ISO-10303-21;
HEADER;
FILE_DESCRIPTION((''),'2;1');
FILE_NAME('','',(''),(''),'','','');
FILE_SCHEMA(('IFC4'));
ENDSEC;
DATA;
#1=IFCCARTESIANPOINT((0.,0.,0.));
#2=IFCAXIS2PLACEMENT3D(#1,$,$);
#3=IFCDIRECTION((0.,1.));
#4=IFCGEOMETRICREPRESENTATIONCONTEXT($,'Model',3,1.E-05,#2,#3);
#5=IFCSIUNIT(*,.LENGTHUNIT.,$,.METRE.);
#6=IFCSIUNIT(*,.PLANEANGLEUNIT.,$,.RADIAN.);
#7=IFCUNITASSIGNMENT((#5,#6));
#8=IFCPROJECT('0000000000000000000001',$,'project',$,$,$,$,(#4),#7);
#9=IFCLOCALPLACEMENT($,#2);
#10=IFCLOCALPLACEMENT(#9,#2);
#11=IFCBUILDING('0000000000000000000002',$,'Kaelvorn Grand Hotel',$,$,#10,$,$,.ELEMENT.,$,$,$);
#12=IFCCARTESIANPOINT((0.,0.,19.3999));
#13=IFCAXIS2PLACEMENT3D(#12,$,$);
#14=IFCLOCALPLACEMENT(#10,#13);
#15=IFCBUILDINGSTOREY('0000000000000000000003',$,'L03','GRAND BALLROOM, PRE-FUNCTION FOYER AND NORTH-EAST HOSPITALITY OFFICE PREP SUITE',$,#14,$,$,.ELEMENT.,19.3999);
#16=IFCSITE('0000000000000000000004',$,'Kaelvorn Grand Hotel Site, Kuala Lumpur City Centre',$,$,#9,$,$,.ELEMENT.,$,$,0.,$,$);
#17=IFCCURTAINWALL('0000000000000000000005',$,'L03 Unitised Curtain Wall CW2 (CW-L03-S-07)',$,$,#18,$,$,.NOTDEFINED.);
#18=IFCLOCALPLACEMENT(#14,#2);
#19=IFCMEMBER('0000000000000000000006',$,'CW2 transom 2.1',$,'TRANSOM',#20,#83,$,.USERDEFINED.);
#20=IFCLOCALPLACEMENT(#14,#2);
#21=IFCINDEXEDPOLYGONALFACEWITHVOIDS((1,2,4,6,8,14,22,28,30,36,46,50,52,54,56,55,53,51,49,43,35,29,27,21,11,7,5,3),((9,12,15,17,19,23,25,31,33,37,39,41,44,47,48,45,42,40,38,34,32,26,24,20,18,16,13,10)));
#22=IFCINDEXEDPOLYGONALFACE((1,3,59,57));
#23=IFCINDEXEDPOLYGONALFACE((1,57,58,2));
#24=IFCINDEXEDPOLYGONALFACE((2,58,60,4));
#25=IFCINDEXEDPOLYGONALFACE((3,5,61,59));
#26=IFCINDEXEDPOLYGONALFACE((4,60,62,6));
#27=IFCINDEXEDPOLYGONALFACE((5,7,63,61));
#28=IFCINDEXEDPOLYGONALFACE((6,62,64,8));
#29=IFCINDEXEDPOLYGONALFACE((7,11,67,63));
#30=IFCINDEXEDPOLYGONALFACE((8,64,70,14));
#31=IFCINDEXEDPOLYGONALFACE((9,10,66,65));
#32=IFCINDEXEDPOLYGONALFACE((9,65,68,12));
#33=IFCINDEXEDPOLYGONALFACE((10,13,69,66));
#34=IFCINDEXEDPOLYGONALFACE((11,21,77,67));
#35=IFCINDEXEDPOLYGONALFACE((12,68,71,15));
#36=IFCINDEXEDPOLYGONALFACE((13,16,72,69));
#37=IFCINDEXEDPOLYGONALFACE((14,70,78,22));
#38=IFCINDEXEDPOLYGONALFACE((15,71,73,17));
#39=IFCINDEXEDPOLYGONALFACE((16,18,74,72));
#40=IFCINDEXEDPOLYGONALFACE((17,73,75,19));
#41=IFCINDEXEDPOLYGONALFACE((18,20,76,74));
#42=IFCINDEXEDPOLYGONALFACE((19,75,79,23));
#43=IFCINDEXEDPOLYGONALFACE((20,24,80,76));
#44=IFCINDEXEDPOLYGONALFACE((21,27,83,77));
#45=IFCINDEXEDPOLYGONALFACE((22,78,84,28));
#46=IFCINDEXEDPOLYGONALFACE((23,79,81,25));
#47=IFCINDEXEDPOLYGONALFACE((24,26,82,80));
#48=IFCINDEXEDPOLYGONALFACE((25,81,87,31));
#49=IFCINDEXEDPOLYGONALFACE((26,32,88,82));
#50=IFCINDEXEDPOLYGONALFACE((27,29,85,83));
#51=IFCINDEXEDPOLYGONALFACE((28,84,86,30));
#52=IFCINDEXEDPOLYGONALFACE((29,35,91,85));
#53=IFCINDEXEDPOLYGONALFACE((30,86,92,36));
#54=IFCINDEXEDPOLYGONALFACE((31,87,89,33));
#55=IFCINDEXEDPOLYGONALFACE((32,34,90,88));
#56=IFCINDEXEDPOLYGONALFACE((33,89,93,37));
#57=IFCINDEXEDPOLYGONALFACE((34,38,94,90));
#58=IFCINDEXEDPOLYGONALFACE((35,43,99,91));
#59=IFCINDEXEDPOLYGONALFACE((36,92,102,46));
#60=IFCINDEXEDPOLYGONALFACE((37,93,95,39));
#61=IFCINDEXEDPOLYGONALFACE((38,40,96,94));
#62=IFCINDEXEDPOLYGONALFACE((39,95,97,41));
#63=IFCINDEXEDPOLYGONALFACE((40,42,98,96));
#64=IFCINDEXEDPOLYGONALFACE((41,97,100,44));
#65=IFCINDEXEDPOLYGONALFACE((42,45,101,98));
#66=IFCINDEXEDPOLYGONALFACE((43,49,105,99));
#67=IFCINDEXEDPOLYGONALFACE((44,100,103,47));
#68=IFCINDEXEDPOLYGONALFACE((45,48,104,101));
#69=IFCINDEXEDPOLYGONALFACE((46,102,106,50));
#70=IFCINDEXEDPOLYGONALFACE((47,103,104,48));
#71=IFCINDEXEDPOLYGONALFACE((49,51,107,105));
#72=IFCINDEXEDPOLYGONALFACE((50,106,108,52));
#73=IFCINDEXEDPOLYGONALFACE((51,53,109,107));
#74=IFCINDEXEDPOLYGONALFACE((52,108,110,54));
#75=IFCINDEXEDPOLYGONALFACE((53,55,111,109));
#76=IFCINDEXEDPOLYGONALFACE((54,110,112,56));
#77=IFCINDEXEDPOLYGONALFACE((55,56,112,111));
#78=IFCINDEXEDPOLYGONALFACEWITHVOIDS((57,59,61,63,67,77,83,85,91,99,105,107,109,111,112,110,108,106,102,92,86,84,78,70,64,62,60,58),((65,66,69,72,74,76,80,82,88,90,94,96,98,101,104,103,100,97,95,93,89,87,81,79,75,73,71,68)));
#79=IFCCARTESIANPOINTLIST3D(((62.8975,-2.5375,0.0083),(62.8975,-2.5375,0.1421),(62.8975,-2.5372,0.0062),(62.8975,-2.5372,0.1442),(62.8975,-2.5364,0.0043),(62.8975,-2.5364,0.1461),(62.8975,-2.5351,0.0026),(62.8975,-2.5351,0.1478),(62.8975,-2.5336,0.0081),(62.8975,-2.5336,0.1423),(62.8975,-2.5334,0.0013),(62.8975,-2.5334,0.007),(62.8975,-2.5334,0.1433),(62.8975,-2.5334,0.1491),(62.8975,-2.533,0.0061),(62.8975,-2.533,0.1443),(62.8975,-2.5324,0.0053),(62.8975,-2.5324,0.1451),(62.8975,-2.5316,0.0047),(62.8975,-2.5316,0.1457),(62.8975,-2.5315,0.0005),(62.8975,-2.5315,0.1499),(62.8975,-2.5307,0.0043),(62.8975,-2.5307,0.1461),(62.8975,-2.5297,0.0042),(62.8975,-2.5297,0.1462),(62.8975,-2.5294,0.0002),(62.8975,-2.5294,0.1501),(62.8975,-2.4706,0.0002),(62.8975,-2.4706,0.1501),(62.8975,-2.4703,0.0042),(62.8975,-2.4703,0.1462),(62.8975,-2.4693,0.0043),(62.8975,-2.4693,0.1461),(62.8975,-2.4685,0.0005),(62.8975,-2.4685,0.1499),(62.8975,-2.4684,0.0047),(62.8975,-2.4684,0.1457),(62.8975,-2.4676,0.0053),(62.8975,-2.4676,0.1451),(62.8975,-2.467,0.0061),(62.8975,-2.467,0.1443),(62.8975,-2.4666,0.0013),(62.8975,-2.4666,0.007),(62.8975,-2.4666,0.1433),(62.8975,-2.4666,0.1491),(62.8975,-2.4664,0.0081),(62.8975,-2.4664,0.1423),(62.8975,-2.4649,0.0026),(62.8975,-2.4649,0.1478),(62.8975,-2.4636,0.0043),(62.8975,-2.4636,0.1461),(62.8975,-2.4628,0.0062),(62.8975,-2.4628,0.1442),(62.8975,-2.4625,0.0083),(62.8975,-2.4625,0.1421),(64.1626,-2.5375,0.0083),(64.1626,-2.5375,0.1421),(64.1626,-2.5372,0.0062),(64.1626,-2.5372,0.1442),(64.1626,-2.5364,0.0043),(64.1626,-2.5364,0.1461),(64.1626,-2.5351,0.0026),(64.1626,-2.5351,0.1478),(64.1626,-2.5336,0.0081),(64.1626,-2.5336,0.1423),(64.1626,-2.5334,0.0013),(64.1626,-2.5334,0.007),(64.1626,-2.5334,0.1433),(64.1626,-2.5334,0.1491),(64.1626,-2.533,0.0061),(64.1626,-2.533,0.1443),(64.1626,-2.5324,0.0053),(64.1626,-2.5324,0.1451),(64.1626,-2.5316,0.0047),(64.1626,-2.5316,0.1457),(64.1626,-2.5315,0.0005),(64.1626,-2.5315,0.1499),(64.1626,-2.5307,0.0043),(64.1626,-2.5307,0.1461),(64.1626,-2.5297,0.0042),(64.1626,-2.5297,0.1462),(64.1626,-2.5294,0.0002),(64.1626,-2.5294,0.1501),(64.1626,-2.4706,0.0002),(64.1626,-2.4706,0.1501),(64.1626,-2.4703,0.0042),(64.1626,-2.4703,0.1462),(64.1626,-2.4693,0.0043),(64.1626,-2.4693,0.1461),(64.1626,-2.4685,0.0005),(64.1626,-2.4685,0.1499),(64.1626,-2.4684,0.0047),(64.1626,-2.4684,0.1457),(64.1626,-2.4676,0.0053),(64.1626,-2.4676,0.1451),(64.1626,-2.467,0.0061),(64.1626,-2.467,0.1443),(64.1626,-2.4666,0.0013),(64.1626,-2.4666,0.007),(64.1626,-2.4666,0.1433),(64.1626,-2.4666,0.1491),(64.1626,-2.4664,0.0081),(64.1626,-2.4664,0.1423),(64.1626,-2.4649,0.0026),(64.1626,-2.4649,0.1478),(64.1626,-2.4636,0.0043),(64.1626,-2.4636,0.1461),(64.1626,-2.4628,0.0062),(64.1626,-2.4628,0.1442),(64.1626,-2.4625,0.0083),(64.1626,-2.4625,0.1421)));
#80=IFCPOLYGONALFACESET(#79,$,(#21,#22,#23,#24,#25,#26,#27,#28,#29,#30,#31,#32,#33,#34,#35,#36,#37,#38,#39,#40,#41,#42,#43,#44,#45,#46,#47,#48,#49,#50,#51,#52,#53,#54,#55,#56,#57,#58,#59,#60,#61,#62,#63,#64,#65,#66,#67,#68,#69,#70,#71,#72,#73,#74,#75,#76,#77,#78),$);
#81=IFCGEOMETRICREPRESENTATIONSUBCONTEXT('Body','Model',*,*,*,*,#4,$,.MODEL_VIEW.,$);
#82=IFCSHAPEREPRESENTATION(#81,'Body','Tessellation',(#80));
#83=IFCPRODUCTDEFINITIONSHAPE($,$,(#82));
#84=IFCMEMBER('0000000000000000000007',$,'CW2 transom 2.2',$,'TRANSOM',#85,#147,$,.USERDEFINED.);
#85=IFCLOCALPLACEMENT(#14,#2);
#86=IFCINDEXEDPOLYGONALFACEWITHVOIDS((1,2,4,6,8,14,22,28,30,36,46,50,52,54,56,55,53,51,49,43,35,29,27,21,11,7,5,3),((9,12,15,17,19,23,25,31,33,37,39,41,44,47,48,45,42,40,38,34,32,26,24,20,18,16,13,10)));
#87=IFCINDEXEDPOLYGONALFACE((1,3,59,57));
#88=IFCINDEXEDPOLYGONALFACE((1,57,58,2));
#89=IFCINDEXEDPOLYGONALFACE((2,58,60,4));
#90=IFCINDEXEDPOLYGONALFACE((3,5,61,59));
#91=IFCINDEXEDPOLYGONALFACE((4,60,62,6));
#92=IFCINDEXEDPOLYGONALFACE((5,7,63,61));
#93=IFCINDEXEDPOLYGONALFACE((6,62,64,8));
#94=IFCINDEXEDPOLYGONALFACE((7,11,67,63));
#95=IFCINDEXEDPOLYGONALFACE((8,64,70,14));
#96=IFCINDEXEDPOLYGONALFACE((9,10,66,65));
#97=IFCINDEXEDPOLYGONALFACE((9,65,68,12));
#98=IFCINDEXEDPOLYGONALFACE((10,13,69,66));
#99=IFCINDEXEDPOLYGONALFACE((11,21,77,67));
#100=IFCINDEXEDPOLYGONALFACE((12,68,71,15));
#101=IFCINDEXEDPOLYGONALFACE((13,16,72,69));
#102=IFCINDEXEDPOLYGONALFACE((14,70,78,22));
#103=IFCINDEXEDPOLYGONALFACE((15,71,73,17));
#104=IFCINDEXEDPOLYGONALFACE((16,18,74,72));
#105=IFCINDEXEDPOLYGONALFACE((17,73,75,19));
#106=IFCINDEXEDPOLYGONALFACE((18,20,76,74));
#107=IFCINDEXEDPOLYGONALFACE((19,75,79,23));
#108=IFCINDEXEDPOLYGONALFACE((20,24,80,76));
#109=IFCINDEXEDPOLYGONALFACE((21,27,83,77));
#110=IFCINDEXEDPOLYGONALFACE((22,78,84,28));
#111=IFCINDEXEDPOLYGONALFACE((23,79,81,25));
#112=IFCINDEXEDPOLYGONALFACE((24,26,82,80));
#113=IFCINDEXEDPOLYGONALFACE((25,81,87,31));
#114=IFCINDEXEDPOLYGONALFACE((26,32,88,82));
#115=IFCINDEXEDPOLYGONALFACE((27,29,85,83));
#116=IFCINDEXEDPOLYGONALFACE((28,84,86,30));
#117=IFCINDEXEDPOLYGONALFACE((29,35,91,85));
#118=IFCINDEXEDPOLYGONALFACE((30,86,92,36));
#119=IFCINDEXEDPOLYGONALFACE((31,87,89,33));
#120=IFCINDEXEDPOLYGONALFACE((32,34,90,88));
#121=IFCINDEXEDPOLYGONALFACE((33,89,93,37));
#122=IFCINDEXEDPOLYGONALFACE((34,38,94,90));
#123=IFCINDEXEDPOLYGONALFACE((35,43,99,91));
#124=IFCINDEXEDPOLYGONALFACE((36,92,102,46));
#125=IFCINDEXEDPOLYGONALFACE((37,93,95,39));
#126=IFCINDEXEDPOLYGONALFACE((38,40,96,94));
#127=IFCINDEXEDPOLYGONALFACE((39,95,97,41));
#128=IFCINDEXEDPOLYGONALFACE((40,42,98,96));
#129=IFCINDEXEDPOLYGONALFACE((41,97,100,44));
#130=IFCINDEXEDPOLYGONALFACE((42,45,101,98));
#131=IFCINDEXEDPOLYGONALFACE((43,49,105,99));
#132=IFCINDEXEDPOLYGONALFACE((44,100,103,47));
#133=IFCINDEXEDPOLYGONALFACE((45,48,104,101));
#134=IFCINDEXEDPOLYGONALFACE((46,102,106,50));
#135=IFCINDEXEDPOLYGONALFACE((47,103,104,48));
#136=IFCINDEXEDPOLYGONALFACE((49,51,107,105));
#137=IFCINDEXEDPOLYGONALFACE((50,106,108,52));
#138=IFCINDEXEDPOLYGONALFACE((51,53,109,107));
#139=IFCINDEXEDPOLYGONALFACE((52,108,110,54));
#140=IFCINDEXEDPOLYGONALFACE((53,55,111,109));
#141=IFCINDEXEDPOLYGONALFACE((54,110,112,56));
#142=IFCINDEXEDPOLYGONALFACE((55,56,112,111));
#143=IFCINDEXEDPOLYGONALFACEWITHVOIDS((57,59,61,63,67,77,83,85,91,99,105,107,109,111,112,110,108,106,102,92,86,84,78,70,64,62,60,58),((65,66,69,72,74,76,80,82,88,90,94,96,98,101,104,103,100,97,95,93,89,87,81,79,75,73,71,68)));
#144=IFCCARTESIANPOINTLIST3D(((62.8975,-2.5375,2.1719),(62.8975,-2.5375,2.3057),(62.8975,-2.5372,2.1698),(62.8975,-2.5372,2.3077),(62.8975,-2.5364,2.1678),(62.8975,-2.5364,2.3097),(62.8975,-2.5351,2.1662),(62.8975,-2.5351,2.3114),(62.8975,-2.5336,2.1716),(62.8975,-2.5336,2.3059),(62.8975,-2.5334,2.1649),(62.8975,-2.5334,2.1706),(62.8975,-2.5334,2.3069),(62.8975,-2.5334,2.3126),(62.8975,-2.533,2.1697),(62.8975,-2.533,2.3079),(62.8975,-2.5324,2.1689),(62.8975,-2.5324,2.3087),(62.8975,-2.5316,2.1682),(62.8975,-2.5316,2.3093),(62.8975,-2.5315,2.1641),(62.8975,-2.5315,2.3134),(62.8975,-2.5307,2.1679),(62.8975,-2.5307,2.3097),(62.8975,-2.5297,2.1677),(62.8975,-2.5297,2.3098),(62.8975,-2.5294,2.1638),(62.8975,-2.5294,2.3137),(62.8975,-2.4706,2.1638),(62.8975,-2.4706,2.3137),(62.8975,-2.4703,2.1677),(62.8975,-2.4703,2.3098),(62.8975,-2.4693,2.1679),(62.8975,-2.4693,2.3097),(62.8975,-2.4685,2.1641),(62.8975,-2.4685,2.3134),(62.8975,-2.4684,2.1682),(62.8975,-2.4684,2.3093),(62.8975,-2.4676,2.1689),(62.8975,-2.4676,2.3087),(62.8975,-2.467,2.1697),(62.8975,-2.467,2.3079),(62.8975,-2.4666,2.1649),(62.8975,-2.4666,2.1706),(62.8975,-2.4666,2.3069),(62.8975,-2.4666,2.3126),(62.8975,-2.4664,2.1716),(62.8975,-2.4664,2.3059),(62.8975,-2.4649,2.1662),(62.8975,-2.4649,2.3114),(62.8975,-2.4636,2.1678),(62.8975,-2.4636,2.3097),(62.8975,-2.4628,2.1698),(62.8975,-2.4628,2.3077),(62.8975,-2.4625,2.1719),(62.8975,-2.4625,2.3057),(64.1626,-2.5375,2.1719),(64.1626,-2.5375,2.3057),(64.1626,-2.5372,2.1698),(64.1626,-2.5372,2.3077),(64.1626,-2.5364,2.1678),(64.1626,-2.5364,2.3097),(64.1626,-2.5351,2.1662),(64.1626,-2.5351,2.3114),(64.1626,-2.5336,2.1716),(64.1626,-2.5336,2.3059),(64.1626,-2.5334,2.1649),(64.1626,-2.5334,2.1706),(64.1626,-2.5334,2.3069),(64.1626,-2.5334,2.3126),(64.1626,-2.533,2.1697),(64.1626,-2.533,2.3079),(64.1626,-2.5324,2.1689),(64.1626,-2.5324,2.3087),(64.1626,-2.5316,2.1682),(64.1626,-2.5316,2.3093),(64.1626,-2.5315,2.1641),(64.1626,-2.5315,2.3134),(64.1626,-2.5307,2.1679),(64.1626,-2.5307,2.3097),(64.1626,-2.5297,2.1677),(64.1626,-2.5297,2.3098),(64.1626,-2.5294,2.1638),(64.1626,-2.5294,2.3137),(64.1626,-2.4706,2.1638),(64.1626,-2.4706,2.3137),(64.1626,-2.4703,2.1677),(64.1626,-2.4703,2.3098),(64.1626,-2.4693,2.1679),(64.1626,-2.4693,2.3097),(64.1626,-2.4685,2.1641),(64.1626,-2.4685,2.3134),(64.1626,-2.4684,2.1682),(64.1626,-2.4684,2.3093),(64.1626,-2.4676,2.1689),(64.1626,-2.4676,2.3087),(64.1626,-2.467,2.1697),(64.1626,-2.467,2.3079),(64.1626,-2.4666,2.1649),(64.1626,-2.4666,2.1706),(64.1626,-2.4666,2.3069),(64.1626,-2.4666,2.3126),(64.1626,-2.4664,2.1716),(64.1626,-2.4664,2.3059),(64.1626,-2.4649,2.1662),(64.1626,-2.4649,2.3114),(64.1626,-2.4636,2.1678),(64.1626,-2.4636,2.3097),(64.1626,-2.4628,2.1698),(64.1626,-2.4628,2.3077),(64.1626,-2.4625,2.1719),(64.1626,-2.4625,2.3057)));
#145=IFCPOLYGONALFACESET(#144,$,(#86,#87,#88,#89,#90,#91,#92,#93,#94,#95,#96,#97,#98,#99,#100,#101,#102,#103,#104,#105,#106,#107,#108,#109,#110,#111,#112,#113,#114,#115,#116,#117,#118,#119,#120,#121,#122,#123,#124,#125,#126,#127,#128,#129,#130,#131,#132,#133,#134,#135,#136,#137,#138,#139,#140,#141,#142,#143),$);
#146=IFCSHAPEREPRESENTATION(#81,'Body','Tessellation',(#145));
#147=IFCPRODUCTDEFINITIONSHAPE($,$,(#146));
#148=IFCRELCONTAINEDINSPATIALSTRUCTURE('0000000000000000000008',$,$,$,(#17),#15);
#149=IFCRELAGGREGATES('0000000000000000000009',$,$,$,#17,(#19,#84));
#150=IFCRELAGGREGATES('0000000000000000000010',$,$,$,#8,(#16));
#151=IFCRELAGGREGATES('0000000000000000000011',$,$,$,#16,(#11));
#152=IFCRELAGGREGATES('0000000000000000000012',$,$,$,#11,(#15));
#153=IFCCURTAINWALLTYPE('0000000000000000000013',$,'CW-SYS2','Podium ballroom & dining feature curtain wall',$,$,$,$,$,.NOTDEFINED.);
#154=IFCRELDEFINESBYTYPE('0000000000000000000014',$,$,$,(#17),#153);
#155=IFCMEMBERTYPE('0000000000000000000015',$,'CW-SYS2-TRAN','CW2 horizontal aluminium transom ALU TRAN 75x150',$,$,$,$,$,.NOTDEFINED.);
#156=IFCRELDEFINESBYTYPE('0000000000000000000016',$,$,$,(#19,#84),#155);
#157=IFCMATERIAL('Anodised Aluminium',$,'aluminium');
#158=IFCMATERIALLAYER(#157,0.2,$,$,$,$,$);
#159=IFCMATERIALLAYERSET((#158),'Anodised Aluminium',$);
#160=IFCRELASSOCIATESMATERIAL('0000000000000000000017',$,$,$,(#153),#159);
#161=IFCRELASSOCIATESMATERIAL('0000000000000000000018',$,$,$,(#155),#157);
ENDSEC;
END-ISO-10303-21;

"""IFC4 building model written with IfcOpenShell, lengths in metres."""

from ifc_helpers import new_model, si_unit, direction, frame, origin, origin_2d, place, context, subcontext, project, spatial, hollow_rectangle, extrude, material, layer, layer_set, material_profile, profile_set, type_object, element, aggregate, save


model = new_model("IFC4")

# Units and contexts
model_context = context("Model", 3, precision=1e-05, world=origin(), true_north=direction((0.0, 1.0)))
body_context = subcontext(model_context, "Body", "Model", "MODEL_VIEW")
ifc_project = project(units=[si_unit("LENGTHUNIT", "METRE"), si_unit("PLANEANGLEUNIT", "RADIAN")], contexts=[model_context])

# Site, building, storey
site_placement = place(None, origin())
site = spatial("IfcSite", under=ifc_project, at=site_placement, Name="Kaelvorn Grand Hotel Site, Kuala Lumpur City Centre", CompositionType="ELEMENT", RefElevation=0.0)
building_placement = place(site_placement, origin())
building = spatial("IfcBuilding", under=site, at=building_placement, Name="Kaelvorn Grand Hotel", CompositionType="ELEMENT")
storey_placement = place(building_placement, frame((0.0, 0.0, 19.3999)))
storey = spatial("IfcBuildingStorey", under=building, at=storey_placement, Name="L03", Description="GRAND BALLROOM, PRE-FUNCTION FOYER AND NORTH-EAST HOSPITALITY OFFICE PREP SUITE", CompositionType="ELEMENT", Elevation=19.3999)

# Shared definitions
ifc_material_1 = material(Name="Anodised Aluminium", Category="aluminium")
ifc_layer_1 = layer(ifc_material_1, 0.2)
ifc_layer_set_1 = layer_set([ifc_layer_1], Name="Anodised Aluminium")
curtain_wall_type = type_object("IfcCurtainWallType", Name="CW-SYS2", Description="Podium ballroom & dining feature curtain wall", PredefinedType="NOTDEFINED", material=ifc_layer_set_1)

# Curtain wall
curtain_wall_1_placement = place(storey_placement, origin())
curtain_wall_1 = element("IfcCurtainWall", 1, at=curtain_wall_1_placement, inside=storey, type_object=curtain_wall_type, Name="L03 Unitised Curtain Wall CW2 (CW-L03-S-07)", PredefinedType="NOTDEFINED")

# Members
ifc_material_profile_1 = material_profile(ifc_material_1, hollow_rectangle(XDim=0.075, YDim=0.1499, WallThickness=0.0039, InnerFilletRadius=0.0039, OuterFilletRadius=0.0081, at=origin_2d()), Name="ALU TRAN 75x150")
ifc_profile_set_1 = profile_set([ifc_material_profile_1], Name="Anodised Aluminium")
member_type_1 = type_object("IfcMemberType", Name="CW-SYS2-TRAN", Description="CW2 horizontal aluminium transom ALU TRAN 75x150", PredefinedType="NOTDEFINED", material=ifc_profile_set_1)
member_1_placement = place(storey_placement, frame((62.8975, -2.5, 0.0752), z_axis=(1.0, 0.0, 0.0), x_axis=(0.0, 1.0, 0.0)))
member_1 = element("IfcMember", 2, at=member_1_placement, type_object=member_type_1, Name="CW2 transom 2.1", ObjectType="TRANSOM", PredefinedType="USERDEFINED", context=body_context, shape_type="SweptSolid", body=[
    extrude(hollow_rectangle(XDim=0.075, YDim=0.1499, WallThickness=0.0039, InnerFilletRadius=0.0039, OuterFilletRadius=0.0081, at=origin_2d()), origin(), (0.0, 0.0, 1.0), 1.2651),
])
member_2_placement = place(storey_placement, frame((62.8975, -2.5, 2.2388), z_axis=(1.0, 0.0, 0.0), x_axis=(0.0, 1.0, 0.0)))
member_2 = element("IfcMember", 3, at=member_2_placement, type_object=member_type_1, Name="CW2 transom 2.2", ObjectType="TRANSOM", PredefinedType="USERDEFINED", context=body_context, shape_type="SweptSolid", body=[
    extrude(hollow_rectangle(XDim=0.075, YDim=0.1499, WallThickness=0.0039, InnerFilletRadius=0.0039, OuterFilletRadius=0.0081, at=origin_2d()), origin(), (0.0, 0.0, 1.0), 1.2651),
])

aggregate(curtain_wall_1, [member_1, member_2])

save(model, "model.ifc")
